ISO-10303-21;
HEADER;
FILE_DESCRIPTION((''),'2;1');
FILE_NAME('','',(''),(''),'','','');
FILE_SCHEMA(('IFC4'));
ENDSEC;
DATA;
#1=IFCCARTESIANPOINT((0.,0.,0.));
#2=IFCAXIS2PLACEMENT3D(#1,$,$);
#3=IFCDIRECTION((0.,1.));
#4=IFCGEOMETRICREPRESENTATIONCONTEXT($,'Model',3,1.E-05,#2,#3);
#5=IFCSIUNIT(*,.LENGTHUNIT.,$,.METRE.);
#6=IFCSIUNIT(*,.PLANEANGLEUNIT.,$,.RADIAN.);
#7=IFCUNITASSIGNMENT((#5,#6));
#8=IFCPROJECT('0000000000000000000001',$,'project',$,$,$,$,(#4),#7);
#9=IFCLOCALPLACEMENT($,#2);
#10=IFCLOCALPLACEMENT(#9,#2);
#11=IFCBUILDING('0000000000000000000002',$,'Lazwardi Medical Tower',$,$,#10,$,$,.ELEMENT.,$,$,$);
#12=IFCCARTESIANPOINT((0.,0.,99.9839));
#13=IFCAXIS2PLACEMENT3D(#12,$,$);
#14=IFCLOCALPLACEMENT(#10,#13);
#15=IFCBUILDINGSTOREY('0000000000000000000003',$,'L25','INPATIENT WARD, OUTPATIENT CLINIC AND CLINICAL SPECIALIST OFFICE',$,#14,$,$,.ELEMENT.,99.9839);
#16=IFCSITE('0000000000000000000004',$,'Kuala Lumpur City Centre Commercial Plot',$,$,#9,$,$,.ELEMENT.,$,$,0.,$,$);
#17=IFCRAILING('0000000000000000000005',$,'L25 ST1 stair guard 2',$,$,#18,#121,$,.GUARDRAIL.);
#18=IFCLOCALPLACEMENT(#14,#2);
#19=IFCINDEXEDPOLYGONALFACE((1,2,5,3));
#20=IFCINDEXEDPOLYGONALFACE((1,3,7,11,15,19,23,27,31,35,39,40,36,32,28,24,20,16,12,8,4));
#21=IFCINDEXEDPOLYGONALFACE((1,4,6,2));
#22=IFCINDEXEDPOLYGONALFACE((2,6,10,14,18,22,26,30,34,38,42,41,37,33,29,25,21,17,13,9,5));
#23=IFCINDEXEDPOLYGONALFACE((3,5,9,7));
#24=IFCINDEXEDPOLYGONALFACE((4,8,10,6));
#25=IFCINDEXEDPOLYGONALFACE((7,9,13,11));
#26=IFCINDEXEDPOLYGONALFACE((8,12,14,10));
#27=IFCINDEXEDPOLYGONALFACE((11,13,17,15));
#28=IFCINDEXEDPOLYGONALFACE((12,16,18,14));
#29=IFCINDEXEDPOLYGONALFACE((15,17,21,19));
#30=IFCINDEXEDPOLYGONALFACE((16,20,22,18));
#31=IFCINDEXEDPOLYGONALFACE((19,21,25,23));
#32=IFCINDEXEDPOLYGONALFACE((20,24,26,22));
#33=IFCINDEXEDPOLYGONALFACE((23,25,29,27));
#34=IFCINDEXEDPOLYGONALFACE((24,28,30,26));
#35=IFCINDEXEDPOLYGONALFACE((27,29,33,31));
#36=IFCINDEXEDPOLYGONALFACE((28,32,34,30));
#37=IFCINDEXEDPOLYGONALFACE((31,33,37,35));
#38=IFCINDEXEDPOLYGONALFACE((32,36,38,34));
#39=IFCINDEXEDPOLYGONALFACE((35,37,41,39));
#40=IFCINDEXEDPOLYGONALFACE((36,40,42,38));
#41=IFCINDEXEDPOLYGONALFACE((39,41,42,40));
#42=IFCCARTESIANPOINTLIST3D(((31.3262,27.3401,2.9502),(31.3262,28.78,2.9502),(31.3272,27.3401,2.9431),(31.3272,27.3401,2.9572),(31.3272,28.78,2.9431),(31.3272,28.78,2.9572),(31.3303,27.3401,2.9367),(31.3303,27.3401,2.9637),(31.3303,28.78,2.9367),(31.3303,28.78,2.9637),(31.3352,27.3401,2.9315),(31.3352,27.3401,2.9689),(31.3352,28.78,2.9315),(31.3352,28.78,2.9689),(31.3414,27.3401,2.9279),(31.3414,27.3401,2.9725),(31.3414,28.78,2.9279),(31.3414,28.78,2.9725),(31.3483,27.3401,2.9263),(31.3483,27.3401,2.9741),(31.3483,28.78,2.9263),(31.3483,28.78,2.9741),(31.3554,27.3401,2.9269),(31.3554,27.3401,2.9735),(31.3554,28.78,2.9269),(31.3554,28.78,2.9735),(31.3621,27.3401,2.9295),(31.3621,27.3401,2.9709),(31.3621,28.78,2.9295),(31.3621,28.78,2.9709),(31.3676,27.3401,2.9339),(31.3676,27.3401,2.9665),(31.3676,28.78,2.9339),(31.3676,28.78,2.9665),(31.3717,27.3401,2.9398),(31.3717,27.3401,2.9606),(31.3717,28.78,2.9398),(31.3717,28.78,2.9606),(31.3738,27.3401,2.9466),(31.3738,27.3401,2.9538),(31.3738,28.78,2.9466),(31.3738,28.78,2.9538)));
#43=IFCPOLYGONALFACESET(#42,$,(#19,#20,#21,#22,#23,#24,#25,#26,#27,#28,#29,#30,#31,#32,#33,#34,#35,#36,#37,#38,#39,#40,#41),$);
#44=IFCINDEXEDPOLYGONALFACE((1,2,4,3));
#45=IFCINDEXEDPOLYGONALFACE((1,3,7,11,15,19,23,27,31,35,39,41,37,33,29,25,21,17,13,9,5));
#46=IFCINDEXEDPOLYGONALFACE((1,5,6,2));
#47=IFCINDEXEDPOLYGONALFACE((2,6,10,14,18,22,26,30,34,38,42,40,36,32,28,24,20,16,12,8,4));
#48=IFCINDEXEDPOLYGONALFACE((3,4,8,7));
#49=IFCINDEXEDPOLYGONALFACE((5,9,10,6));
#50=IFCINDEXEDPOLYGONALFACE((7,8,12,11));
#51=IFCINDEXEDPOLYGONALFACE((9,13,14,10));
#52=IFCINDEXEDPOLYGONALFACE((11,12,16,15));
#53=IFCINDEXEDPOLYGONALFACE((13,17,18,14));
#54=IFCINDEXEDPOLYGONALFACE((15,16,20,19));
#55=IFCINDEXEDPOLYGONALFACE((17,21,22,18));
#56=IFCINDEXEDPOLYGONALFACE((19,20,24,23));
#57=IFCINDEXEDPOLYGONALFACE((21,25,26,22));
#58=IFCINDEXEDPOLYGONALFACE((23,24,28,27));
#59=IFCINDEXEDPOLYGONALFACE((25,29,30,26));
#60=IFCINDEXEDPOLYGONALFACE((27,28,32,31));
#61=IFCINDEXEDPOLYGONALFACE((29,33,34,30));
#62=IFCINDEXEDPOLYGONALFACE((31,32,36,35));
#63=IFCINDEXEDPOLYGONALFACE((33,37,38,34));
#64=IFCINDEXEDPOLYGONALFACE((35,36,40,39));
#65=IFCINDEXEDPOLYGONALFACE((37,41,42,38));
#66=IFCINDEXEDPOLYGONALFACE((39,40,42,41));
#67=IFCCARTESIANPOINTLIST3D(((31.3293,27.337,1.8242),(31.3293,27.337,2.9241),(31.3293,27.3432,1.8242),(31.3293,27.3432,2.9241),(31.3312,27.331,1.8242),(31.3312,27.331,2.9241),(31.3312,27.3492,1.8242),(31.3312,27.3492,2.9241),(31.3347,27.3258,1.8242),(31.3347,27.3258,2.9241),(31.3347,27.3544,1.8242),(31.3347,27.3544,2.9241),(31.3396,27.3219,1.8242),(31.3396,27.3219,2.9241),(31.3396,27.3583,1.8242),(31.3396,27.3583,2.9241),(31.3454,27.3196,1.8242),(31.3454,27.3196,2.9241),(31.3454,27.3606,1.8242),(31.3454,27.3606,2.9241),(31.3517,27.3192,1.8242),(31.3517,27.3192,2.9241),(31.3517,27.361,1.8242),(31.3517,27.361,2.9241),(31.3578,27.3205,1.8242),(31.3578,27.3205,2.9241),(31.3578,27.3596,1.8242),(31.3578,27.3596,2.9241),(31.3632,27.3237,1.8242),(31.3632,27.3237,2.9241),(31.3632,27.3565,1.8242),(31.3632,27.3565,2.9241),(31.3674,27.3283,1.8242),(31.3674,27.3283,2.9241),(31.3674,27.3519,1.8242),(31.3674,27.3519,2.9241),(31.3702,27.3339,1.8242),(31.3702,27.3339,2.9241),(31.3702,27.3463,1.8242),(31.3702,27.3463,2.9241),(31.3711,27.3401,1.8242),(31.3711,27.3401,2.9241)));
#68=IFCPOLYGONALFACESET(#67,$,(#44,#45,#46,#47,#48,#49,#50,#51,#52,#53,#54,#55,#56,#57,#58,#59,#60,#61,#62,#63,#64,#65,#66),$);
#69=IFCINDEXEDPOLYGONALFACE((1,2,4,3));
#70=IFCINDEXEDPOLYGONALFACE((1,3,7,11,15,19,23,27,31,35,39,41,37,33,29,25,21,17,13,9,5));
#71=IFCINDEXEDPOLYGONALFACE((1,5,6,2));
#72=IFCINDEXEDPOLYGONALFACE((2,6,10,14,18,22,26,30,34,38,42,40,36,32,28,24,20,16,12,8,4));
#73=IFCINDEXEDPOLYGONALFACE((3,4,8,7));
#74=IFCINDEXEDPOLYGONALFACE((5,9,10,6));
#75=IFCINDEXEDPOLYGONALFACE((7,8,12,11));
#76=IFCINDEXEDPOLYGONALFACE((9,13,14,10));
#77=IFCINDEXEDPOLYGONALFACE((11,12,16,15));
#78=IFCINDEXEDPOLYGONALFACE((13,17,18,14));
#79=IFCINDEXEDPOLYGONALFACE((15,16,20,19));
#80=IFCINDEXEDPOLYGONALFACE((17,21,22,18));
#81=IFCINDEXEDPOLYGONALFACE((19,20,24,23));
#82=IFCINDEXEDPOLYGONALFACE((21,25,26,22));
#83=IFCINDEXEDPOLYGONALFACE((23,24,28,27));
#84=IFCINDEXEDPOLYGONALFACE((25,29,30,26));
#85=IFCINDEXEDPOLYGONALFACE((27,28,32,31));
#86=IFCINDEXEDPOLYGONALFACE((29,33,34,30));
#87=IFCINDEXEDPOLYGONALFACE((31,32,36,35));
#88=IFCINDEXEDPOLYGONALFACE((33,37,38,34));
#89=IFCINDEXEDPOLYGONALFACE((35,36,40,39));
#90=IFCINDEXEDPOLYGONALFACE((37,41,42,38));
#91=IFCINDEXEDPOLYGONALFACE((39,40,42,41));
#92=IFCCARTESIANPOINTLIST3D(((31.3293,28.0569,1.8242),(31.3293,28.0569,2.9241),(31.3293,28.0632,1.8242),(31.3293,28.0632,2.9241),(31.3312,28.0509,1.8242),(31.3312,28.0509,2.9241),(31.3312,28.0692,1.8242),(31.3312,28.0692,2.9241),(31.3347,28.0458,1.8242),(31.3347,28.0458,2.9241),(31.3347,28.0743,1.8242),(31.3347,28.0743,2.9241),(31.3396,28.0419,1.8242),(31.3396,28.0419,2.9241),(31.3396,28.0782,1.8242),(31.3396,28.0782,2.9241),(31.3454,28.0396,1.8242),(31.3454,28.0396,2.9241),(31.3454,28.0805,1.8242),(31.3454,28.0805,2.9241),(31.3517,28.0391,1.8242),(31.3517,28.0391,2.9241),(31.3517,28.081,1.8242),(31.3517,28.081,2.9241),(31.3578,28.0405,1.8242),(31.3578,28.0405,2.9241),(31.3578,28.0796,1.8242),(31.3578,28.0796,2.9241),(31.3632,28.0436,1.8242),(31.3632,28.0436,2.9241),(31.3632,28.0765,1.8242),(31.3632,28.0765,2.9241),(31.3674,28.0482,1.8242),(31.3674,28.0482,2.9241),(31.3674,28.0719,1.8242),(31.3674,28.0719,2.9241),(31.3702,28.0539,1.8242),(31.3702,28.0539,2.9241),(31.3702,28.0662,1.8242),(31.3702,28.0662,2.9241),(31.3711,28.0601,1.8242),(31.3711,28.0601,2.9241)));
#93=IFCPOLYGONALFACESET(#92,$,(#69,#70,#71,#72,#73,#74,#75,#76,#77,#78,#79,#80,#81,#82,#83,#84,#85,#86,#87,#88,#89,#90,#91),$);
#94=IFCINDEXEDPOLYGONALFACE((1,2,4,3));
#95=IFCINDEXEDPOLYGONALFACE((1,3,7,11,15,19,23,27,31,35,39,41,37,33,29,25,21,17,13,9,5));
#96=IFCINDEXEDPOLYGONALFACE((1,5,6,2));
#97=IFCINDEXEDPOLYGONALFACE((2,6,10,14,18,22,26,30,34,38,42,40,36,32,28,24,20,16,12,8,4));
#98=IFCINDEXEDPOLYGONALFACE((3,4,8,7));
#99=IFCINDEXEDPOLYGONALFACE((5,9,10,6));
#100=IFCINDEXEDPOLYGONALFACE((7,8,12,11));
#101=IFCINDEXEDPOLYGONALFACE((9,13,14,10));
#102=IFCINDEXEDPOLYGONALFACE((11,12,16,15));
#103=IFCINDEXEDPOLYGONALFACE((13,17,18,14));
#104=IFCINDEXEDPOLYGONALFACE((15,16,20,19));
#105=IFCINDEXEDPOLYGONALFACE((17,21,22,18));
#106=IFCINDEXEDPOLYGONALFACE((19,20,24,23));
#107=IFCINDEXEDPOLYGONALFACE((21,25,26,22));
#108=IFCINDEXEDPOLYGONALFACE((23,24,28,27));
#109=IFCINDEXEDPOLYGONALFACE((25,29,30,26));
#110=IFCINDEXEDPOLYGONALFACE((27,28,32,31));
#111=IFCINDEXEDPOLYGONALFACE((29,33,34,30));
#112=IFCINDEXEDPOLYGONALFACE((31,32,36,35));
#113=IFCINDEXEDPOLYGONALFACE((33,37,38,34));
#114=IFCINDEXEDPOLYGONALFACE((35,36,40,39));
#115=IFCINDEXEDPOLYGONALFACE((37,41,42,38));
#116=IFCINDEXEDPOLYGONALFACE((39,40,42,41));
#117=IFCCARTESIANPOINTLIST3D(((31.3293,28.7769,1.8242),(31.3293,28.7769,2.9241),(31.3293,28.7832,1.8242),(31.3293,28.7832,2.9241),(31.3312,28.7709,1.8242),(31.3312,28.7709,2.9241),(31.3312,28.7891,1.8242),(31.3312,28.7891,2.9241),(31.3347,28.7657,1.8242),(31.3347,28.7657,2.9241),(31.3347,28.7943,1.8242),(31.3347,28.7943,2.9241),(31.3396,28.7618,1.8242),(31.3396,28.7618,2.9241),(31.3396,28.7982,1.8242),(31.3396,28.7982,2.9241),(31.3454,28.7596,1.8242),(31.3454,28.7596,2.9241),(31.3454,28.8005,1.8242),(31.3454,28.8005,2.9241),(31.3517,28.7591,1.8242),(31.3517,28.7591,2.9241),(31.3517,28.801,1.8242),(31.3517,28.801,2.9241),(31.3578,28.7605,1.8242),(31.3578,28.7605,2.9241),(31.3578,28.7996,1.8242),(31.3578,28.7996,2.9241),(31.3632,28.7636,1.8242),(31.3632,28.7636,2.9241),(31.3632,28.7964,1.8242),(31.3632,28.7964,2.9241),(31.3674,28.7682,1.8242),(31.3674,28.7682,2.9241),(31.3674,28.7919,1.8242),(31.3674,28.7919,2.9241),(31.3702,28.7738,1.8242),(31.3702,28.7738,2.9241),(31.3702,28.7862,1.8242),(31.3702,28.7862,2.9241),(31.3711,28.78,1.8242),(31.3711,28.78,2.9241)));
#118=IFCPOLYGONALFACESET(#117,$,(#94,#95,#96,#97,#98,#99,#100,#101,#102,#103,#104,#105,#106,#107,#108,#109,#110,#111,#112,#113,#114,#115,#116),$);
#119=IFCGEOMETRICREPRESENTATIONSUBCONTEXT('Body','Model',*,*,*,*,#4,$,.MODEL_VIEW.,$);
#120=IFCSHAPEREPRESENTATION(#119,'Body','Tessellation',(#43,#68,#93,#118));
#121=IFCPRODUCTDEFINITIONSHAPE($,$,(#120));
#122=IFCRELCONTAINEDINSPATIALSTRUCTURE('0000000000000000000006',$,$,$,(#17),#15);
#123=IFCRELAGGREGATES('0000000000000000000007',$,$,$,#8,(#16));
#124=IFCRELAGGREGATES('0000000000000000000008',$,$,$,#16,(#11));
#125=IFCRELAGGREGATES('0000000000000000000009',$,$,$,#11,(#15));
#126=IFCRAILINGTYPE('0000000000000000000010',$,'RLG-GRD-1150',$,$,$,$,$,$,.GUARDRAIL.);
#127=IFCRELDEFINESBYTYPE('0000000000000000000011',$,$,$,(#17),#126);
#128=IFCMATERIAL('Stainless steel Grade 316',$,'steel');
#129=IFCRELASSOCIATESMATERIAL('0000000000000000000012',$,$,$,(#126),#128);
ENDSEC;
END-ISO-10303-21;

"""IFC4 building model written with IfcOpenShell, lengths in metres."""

from ifc_helpers import new_model, si_unit, direction, frame, origin, origin_2d, place, context, subcontext, project, spatial, circle, extrude, material, type_object, element, save


model = new_model("IFC4")

# Units and contexts
model_context = context("Model", 3, precision=1e-05, world=origin(), true_north=direction((0.0, 1.0)))
body_context = subcontext(model_context, "Body", "Model", "MODEL_VIEW")
ifc_project = project(units=[si_unit("LENGTHUNIT", "METRE"), si_unit("PLANEANGLEUNIT", "RADIAN")], contexts=[model_context])

# Site, building, storey
site_placement = place(None, origin())
site = spatial("IfcSite", under=ifc_project, at=site_placement, Name="Kuala Lumpur City Centre Commercial Plot", CompositionType="ELEMENT", RefElevation=0.0)
building_placement = place(site_placement, origin())
building = spatial("IfcBuilding", under=site, at=building_placement, Name="Lazwardi Medical Tower", CompositionType="ELEMENT")
storey_placement = place(building_placement, frame((0.0, 0.0, 99.9839)))
storey = spatial("IfcBuildingStorey", under=building, at=storey_placement, Name="L25", Description="INPATIENT WARD, OUTPATIENT CLINIC AND CLINICAL SPECIALIST OFFICE", CompositionType="ELEMENT", Elevation=99.9839)

# Railing
ifc_material_1 = material(Name="Stainless steel Grade 316", Category="steel")
railing_type_1 = type_object("IfcRailingType", Name="RLG-GRD-1150", PredefinedType="GUARDRAIL", material=ifc_material_1)
railing_1_placement = place(storey_placement, frame((31.3501, 27.3401, 1.8242)))
element("IfcRailing", 1, at=railing_1_placement, inside=storey, type_object=railing_type_1, Name="L25 ST1 stair guard 2", PredefinedType="GUARDRAIL", context=body_context, shape_type="SweptSolid", body=[
    extrude(circle(Radius=0.0239, at=origin_2d()), frame((0.0, 0.0, 1.126), z_axis=(0.0, 1.0, 0.0), x_axis=(-1.0, 0.0, 0.0)), (0.0, 0.0, 1.0), 1.4399),
    extrude(circle(Radius=0.021, at=origin_2d()), origin(), (0.0, 0.0, 1.0), 1.0999),
    extrude(circle(Radius=0.021, at=origin_2d()), frame((0.0, 0.72, 0.0)), (0.0, 0.0, 1.0), 1.0999),
    extrude(circle(Radius=0.021, at=origin_2d()), frame((0.0, 1.4399, 0.0)), (0.0, 0.0, 1.0), 1.0999),
])

save(model, "model.ifc")
